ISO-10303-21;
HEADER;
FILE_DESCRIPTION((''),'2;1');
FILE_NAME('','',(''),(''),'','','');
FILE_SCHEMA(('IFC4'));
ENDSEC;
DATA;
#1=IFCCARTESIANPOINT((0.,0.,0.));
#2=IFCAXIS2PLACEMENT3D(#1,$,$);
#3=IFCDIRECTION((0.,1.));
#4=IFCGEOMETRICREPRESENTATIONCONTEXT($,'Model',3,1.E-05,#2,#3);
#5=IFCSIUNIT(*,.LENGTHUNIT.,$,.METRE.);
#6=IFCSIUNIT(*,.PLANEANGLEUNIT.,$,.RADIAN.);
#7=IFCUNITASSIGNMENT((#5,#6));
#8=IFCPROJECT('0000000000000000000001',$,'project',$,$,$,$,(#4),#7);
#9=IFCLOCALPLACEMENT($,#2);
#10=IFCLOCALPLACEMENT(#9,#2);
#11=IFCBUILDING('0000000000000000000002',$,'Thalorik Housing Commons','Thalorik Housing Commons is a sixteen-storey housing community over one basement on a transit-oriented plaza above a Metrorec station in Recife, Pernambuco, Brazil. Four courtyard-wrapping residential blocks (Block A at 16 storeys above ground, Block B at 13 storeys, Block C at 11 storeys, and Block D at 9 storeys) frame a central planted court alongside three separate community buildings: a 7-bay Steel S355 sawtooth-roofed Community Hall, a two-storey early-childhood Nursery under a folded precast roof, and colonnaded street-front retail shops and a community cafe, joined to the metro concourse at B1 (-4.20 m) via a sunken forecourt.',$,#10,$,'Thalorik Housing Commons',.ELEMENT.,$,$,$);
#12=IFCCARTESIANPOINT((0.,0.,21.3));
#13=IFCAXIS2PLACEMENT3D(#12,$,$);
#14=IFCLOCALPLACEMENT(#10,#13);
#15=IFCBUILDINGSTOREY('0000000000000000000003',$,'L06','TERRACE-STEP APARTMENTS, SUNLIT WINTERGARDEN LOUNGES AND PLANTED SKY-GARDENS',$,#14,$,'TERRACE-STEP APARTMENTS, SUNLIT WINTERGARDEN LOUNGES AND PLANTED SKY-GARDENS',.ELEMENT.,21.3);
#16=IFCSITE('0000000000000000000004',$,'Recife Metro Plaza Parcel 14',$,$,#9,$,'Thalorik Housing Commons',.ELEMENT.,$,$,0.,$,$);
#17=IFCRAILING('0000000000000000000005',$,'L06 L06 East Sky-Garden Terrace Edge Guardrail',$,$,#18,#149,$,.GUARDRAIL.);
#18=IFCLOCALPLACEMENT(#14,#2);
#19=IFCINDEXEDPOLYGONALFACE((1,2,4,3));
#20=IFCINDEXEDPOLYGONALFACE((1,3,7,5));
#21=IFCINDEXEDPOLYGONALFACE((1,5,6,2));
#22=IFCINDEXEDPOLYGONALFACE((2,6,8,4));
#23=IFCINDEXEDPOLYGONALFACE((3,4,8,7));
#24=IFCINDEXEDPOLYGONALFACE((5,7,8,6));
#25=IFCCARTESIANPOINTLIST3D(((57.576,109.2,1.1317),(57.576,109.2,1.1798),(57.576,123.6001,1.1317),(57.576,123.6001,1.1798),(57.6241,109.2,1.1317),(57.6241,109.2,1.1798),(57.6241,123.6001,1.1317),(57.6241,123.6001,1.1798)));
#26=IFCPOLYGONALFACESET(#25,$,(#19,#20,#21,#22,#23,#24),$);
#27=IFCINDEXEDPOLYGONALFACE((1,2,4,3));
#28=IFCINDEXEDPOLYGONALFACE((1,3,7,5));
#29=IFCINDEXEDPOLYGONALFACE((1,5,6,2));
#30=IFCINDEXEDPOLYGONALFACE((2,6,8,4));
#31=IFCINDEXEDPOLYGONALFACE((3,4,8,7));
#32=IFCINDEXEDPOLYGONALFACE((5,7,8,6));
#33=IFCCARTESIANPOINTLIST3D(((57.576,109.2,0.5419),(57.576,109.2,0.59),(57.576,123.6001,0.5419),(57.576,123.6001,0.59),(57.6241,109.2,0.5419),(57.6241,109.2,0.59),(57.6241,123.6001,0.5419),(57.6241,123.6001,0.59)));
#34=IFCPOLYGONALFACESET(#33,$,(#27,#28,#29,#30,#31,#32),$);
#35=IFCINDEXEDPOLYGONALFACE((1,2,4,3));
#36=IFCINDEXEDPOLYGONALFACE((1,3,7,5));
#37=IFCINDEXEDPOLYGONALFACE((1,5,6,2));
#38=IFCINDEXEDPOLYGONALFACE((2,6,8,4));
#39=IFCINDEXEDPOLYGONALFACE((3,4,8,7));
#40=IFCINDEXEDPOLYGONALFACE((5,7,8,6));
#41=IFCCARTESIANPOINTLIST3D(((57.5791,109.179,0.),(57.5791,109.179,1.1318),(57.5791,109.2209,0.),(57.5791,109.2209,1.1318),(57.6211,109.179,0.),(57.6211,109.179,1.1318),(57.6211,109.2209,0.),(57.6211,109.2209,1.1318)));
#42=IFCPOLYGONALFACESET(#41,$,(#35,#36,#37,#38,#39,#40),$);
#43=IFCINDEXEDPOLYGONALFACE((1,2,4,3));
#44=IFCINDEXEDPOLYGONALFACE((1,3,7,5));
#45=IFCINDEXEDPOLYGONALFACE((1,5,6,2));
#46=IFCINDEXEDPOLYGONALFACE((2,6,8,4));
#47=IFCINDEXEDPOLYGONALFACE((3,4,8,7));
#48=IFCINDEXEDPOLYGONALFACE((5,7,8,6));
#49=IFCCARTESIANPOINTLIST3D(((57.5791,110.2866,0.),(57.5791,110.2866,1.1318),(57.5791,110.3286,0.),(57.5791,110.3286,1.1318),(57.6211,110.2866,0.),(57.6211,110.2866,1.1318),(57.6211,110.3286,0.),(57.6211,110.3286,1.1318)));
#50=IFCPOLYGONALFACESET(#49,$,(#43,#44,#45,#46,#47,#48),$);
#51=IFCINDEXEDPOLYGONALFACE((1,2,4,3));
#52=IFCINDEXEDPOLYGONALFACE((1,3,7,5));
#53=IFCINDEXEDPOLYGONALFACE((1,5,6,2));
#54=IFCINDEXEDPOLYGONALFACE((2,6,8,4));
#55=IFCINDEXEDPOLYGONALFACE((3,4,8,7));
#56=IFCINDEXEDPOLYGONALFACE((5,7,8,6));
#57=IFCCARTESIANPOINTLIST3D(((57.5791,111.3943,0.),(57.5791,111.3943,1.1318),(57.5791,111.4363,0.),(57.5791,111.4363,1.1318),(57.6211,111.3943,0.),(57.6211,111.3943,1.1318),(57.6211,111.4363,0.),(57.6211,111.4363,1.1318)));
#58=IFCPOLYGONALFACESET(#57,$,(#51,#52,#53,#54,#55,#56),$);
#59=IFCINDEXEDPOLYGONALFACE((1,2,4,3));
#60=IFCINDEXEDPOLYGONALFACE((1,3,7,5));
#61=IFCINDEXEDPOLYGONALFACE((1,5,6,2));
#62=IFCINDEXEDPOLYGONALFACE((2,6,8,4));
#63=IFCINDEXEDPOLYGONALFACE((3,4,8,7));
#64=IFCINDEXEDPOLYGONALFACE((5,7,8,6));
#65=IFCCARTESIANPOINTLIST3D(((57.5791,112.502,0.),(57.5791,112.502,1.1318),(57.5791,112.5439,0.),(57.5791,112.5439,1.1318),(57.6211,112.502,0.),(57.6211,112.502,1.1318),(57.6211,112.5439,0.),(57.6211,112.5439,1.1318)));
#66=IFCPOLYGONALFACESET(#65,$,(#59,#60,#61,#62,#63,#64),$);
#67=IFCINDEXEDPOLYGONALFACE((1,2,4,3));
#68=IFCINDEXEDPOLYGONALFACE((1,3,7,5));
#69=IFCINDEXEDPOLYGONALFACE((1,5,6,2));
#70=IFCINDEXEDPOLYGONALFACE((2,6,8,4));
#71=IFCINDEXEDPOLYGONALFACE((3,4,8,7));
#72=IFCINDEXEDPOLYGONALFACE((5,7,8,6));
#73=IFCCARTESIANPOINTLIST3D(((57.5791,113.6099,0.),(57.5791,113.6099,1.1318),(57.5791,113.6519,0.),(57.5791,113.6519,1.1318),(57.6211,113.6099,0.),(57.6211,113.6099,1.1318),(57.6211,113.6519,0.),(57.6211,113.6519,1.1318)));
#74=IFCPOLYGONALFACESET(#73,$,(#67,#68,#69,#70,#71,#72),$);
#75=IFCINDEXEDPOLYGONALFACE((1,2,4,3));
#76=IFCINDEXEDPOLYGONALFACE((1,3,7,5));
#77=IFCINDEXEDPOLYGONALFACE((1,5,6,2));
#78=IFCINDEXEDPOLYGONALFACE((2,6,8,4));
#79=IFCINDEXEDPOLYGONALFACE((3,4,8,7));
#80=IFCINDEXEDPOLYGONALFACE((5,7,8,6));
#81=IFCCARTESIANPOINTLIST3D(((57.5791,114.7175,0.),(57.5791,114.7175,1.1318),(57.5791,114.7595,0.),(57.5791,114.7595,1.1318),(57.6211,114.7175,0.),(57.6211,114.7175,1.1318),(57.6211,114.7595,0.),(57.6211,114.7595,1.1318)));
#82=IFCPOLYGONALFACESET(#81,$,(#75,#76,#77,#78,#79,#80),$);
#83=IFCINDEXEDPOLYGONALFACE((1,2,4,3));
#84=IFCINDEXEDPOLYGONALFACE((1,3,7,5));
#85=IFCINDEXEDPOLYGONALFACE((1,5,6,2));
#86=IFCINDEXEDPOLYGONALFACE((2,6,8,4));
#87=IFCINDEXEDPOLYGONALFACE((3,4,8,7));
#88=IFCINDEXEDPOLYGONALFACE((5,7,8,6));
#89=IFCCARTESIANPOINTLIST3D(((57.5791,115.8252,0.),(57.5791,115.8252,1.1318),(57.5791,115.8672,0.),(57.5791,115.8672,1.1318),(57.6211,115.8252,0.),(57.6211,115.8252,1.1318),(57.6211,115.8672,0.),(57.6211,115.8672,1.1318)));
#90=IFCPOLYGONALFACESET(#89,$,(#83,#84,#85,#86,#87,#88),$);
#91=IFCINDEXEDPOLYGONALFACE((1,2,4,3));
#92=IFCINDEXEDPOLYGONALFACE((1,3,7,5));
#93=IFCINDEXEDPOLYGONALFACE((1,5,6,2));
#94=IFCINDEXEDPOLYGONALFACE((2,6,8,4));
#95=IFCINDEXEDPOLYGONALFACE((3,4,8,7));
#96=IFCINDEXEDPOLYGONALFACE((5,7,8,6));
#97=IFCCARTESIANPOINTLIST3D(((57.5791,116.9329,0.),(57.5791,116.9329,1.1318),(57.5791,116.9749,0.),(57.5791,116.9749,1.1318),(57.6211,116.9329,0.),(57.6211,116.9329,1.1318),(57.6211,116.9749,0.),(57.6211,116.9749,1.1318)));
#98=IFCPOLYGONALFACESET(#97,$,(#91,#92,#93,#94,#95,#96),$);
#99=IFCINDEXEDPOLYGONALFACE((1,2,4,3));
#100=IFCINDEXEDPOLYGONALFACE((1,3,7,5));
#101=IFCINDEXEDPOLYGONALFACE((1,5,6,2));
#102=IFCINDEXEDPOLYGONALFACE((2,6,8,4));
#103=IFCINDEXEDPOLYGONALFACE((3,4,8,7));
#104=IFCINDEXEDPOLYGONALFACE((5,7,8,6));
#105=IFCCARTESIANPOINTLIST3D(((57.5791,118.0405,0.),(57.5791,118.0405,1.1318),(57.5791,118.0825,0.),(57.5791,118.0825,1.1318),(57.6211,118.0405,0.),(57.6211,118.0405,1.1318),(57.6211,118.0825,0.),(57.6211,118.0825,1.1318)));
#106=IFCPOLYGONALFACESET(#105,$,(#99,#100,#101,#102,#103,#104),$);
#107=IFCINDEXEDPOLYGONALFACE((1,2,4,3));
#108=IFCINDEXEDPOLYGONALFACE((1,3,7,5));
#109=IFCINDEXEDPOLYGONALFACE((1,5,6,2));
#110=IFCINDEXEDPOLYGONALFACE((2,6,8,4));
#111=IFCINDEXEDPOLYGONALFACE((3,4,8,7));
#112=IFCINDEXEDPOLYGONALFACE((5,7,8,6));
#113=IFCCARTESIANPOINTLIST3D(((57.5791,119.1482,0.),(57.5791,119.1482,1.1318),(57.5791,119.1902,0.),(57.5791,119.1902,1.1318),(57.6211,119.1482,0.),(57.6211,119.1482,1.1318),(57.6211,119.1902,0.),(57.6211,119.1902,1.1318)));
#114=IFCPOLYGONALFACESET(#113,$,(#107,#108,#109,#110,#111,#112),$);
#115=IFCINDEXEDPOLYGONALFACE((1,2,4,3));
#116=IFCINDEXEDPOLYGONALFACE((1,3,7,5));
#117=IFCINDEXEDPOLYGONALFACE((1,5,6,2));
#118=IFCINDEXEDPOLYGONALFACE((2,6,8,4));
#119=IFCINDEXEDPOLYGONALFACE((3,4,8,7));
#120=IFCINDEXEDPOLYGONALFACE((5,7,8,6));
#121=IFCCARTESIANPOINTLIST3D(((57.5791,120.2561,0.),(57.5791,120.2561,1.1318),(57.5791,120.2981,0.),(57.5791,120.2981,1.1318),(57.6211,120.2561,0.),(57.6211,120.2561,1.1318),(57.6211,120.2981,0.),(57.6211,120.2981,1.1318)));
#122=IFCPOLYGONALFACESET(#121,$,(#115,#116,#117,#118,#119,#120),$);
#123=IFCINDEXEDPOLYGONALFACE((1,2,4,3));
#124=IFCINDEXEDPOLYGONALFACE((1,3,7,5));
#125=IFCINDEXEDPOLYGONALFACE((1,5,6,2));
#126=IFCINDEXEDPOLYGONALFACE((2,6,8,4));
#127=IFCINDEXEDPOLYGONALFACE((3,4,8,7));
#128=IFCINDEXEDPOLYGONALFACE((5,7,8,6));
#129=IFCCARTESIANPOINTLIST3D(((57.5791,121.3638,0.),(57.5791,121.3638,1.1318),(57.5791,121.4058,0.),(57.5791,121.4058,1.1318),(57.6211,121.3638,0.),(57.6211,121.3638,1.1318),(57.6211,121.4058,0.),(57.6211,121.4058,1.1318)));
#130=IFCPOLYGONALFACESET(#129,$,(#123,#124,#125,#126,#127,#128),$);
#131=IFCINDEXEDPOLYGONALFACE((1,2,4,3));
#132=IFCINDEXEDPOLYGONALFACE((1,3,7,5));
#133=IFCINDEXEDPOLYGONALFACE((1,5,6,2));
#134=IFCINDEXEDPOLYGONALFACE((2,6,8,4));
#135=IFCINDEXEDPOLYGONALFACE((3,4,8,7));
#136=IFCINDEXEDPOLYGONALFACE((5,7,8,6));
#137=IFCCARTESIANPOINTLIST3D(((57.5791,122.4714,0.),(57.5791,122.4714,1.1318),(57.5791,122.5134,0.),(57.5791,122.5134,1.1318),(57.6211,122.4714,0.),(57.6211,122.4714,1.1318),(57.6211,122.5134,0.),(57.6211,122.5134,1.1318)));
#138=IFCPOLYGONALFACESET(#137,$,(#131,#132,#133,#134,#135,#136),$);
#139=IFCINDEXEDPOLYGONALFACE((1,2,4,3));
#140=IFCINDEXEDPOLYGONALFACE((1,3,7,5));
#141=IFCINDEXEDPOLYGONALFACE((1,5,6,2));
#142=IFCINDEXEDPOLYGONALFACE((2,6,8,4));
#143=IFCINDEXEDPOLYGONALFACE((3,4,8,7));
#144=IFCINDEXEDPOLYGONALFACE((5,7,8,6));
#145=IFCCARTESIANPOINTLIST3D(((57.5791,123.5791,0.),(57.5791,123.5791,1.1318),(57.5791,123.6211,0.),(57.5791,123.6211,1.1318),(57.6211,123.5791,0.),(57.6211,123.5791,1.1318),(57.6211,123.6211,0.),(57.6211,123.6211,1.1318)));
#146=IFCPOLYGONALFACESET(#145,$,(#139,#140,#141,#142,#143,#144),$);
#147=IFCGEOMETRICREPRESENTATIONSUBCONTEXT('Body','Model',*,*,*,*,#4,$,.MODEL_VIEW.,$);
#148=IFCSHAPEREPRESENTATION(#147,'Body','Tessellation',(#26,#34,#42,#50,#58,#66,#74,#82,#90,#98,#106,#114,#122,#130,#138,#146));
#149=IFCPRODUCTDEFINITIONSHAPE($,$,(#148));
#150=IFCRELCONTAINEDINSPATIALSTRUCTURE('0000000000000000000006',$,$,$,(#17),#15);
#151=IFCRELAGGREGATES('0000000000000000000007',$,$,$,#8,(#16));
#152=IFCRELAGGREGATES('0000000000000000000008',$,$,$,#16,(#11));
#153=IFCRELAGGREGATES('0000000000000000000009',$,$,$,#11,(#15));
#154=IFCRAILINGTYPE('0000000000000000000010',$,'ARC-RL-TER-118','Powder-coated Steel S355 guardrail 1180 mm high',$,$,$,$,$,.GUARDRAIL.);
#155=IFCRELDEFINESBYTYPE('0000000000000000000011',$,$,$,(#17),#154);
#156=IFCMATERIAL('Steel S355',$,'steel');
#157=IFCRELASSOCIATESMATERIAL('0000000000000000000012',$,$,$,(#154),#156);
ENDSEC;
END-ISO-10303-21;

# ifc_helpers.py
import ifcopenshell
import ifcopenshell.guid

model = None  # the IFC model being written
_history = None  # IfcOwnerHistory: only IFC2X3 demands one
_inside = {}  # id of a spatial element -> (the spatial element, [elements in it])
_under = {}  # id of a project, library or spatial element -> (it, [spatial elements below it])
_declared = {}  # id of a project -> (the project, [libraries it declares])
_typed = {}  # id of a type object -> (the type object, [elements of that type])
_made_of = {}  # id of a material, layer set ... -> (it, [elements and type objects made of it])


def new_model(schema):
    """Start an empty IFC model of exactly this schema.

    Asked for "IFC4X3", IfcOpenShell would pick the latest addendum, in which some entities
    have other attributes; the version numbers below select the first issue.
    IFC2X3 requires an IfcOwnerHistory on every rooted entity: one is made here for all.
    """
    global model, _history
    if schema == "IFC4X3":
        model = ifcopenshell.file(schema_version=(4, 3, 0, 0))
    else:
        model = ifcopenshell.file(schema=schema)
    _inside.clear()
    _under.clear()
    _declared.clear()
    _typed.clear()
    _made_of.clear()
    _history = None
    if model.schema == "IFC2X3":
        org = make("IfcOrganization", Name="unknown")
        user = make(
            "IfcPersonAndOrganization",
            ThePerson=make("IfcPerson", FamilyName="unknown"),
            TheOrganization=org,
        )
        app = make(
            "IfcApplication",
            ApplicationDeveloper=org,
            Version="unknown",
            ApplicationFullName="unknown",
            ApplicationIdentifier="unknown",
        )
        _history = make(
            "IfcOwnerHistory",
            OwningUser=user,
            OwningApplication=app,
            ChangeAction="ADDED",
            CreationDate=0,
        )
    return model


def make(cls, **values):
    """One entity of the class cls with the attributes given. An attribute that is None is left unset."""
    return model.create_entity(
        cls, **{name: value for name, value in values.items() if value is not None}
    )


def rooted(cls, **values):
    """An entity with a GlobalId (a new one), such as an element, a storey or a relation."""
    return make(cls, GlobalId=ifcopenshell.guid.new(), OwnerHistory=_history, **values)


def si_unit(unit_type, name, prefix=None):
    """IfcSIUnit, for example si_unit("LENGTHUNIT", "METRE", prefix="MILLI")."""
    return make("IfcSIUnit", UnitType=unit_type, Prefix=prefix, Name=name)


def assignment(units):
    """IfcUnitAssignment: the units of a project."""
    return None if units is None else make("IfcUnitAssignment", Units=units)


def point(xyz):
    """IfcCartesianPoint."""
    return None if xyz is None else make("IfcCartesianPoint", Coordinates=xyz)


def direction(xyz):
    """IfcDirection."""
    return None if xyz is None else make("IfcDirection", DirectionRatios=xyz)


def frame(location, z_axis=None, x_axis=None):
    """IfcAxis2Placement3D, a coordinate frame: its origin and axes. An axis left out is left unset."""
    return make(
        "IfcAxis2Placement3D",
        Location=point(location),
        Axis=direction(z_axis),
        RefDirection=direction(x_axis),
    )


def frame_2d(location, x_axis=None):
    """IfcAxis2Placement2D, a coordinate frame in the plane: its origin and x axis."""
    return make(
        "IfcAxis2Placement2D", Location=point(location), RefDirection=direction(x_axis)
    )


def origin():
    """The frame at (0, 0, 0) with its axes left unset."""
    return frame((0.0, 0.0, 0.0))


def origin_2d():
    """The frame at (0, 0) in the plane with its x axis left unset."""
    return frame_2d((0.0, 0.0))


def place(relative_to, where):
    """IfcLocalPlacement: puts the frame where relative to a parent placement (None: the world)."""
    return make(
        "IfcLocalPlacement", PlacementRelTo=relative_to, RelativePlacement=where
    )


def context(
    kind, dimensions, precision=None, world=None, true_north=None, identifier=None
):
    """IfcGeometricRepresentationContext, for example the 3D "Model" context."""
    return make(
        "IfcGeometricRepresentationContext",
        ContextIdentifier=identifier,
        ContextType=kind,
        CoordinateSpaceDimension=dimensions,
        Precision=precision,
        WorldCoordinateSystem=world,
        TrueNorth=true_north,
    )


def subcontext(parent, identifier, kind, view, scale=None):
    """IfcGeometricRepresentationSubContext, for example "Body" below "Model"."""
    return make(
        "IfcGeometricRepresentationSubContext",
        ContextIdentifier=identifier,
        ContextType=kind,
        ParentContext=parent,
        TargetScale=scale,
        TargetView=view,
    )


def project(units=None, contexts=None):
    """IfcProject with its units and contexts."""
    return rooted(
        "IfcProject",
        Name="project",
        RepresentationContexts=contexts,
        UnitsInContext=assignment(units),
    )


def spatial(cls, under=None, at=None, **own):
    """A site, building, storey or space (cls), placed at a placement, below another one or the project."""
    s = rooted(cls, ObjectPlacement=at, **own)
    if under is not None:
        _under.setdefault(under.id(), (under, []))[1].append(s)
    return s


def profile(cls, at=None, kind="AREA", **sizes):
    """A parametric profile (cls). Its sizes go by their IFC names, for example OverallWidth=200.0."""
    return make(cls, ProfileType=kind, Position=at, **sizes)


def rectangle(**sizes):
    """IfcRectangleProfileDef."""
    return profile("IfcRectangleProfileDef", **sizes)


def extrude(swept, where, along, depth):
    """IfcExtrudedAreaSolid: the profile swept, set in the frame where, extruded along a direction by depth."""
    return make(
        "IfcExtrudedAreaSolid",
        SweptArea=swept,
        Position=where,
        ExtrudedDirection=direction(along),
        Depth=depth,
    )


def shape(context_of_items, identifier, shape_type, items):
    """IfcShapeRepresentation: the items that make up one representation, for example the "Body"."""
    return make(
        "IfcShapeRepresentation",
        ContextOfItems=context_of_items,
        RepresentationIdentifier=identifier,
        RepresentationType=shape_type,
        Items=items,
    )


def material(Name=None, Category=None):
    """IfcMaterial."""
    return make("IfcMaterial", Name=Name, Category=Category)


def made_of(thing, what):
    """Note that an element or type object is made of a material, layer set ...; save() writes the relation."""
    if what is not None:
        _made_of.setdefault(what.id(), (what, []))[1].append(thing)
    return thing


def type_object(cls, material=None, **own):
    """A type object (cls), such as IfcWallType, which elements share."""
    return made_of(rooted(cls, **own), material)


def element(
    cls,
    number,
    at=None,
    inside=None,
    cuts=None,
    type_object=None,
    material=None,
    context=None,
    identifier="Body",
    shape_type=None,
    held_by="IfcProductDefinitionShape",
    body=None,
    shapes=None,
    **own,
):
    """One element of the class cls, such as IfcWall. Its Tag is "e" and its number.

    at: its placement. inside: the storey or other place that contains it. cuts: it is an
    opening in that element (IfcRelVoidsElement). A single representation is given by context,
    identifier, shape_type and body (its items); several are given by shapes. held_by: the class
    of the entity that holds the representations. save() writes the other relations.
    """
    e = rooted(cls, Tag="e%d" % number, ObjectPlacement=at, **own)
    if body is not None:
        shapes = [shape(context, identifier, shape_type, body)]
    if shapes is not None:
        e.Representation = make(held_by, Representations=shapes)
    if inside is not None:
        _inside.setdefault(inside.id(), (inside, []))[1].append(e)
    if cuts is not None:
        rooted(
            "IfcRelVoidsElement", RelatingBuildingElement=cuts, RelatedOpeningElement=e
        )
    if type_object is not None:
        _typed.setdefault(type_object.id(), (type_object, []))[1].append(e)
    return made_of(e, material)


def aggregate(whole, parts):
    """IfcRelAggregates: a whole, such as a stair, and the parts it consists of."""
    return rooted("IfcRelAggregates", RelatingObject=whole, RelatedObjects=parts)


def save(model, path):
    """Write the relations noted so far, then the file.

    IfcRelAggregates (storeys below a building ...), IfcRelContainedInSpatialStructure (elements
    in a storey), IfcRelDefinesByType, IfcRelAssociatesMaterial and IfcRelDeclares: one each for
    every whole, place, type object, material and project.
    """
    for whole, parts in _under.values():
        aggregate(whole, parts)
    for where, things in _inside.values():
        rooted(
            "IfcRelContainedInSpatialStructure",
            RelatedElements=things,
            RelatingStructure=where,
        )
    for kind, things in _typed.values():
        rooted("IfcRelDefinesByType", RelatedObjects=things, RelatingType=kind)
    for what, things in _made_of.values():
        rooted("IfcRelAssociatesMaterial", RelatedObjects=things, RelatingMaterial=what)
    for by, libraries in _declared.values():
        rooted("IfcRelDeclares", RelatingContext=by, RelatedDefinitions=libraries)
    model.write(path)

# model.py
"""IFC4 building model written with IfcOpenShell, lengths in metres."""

from ifc_helpers import new_model, si_unit, direction, frame, origin, origin_2d, place, context, subcontext, project, spatial, rectangle, extrude, material, type_object, element, save


model = new_model("IFC4")

# Units and contexts
model_context = context("Model", 3, precision=1e-05, world=origin(), true_north=direction((0.0, 1.0)))
body_context = subcontext(model_context, "Body", "Model", "MODEL_VIEW")
ifc_project = project(units=[si_unit("LENGTHUNIT", "METRE"), si_unit("PLANEANGLEUNIT", "RADIAN")], contexts=[model_context])

# Site, building, storey
site_placement = place(None, origin())
site = spatial("IfcSite", under=ifc_project, at=site_placement, Name="Recife Metro Plaza Parcel 14", LongName="Thalorik Housing Commons", CompositionType="ELEMENT", RefElevation=0.0)
building_placement = place(site_placement, origin())
building = spatial("IfcBuilding", under=site, at=building_placement, Name="Thalorik Housing Commons", Description="Thalorik Housing Commons is a sixteen-storey housing community over one basement on a transit-oriented plaza above a Metrorec station in Recife, Pernambuco, Brazil. Four courtyard-wrapping residential blocks (Block A at 16 storeys above ground, Block B at 13 storeys, Block C at 11 storeys, and Block D at 9 storeys) frame a central planted court alongside three separate community buildings: a 7-bay Steel S355 sawtooth-roofed Community Hall, a two-storey early-childhood Nursery under a folded precast roof, and colonnaded street-front retail shops and a community cafe, joined to the metro concourse at B1 (-4.20 m) via a sunken forecourt.", LongName="Thalorik Housing Commons", CompositionType="ELEMENT")
storey_placement = place(building_placement, frame((0.0, 0.0, 21.3)))
storey = spatial("IfcBuildingStorey", under=building, at=storey_placement, Name="L06", Description="TERRACE-STEP APARTMENTS, SUNLIT WINTERGARDEN LOUNGES AND PLANTED SKY-GARDENS", LongName="TERRACE-STEP APARTMENTS, SUNLIT WINTERGARDEN LOUNGES AND PLANTED SKY-GARDENS", CompositionType="ELEMENT", Elevation=21.3)

# Railing
ifc_material_1 = material(Name="Steel S355", Category="steel")
railing_type_1 = type_object("IfcRailingType", Name="ARC-RL-TER-118", Description="Powder-coated Steel S355 guardrail 1180 mm high", PredefinedType="GUARDRAIL", material=ifc_material_1)
railing_1_placement = place(storey_placement, frame((57.6001, 109.2, 0.0)))
element("IfcRailing", 1, at=railing_1_placement, inside=storey, type_object=railing_type_1, Name="L06 L06 East Sky-Garden Terrace Edge Guardrail", PredefinedType="GUARDRAIL", context=body_context, shape_type="SweptSolid", body=[
    extrude(rectangle(XDim=0.0481, YDim=0.0481, at=origin_2d()), frame((0.0, 0.0, 1.1558), z_axis=(0.0, 1.0, 0.0), x_axis=(-1.0, 0.0, 0.0)), (0.0, 0.0, 1.0), 14.4001),
    extrude(rectangle(XDim=0.0481, YDim=0.0481, at=origin_2d()), frame((0.0, 0.0, 0.5659), z_axis=(0.0, 1.0, 0.0), x_axis=(-1.0, 0.0, 0.0)), (0.0, 0.0, 1.0), 14.4001),
    extrude(rectangle(XDim=0.042, YDim=0.042, at=origin_2d()), origin(), (0.0, 0.0, 1.0), 1.1318),
    extrude(rectangle(XDim=0.042, YDim=0.042, at=origin_2d()), frame((0.0, 1.1077, 0.0)), (0.0, 0.0, 1.0), 1.1318),
    extrude(rectangle(XDim=0.042, YDim=0.042, at=origin_2d()), frame((0.0, 2.2153, 0.0)), (0.0, 0.0, 1.0), 1.1318),
    extrude(rectangle(XDim=0.042, YDim=0.042, at=origin_2d()), frame((0.0, 3.323, 0.0)), (0.0, 0.0, 1.0), 1.1318),
    extrude(rectangle(XDim=0.042, YDim=0.042, at=origin_2d()), frame((0.0, 4.4309, 0.0)), (0.0, 0.0, 1.0), 1.1318),
    extrude(rectangle(XDim=0.042, YDim=0.042, at=origin_2d()), frame((0.0, 5.5386, 0.0)), (0.0, 0.0, 1.0), 1.1318),
    extrude(rectangle(XDim=0.042, YDim=0.042, at=origin_2d()), frame((0.0, 6.6462, 0.0)), (0.0, 0.0, 1.0), 1.1318),
    extrude(rectangle(XDim=0.042, YDim=0.042, at=origin_2d()), frame((0.0, 7.7539, 0.0)), (0.0, 0.0, 1.0), 1.1318),
    extrude(rectangle(XDim=0.042, YDim=0.042, at=origin_2d()), frame((0.0, 8.8616, 0.0)), (0.0, 0.0, 1.0), 1.1318),
    extrude(rectangle(XDim=0.042, YDim=0.042, at=origin_2d()), frame((0.0, 9.9692, 0.0)), (0.0, 0.0, 1.0), 1.1318),
    extrude(rectangle(XDim=0.042, YDim=0.042, at=origin_2d()), frame((0.0, 11.0771, 0.0)), (0.0, 0.0, 1.0), 1.1318),
    extrude(rectangle(XDim=0.042, YDim=0.042, at=origin_2d()), frame((0.0, 12.1848, 0.0)), (0.0, 0.0, 1.0), 1.1318),
    extrude(rectangle(XDim=0.042, YDim=0.042, at=origin_2d()), frame((0.0, 13.2925, 0.0)), (0.0, 0.0, 1.0), 1.1318),
    extrude(rectangle(XDim=0.042, YDim=0.042, at=origin_2d()), frame((0.0, 14.4001, 0.0)), (0.0, 0.0, 1.0), 1.1318),
])

save(model, "model.ifc")
